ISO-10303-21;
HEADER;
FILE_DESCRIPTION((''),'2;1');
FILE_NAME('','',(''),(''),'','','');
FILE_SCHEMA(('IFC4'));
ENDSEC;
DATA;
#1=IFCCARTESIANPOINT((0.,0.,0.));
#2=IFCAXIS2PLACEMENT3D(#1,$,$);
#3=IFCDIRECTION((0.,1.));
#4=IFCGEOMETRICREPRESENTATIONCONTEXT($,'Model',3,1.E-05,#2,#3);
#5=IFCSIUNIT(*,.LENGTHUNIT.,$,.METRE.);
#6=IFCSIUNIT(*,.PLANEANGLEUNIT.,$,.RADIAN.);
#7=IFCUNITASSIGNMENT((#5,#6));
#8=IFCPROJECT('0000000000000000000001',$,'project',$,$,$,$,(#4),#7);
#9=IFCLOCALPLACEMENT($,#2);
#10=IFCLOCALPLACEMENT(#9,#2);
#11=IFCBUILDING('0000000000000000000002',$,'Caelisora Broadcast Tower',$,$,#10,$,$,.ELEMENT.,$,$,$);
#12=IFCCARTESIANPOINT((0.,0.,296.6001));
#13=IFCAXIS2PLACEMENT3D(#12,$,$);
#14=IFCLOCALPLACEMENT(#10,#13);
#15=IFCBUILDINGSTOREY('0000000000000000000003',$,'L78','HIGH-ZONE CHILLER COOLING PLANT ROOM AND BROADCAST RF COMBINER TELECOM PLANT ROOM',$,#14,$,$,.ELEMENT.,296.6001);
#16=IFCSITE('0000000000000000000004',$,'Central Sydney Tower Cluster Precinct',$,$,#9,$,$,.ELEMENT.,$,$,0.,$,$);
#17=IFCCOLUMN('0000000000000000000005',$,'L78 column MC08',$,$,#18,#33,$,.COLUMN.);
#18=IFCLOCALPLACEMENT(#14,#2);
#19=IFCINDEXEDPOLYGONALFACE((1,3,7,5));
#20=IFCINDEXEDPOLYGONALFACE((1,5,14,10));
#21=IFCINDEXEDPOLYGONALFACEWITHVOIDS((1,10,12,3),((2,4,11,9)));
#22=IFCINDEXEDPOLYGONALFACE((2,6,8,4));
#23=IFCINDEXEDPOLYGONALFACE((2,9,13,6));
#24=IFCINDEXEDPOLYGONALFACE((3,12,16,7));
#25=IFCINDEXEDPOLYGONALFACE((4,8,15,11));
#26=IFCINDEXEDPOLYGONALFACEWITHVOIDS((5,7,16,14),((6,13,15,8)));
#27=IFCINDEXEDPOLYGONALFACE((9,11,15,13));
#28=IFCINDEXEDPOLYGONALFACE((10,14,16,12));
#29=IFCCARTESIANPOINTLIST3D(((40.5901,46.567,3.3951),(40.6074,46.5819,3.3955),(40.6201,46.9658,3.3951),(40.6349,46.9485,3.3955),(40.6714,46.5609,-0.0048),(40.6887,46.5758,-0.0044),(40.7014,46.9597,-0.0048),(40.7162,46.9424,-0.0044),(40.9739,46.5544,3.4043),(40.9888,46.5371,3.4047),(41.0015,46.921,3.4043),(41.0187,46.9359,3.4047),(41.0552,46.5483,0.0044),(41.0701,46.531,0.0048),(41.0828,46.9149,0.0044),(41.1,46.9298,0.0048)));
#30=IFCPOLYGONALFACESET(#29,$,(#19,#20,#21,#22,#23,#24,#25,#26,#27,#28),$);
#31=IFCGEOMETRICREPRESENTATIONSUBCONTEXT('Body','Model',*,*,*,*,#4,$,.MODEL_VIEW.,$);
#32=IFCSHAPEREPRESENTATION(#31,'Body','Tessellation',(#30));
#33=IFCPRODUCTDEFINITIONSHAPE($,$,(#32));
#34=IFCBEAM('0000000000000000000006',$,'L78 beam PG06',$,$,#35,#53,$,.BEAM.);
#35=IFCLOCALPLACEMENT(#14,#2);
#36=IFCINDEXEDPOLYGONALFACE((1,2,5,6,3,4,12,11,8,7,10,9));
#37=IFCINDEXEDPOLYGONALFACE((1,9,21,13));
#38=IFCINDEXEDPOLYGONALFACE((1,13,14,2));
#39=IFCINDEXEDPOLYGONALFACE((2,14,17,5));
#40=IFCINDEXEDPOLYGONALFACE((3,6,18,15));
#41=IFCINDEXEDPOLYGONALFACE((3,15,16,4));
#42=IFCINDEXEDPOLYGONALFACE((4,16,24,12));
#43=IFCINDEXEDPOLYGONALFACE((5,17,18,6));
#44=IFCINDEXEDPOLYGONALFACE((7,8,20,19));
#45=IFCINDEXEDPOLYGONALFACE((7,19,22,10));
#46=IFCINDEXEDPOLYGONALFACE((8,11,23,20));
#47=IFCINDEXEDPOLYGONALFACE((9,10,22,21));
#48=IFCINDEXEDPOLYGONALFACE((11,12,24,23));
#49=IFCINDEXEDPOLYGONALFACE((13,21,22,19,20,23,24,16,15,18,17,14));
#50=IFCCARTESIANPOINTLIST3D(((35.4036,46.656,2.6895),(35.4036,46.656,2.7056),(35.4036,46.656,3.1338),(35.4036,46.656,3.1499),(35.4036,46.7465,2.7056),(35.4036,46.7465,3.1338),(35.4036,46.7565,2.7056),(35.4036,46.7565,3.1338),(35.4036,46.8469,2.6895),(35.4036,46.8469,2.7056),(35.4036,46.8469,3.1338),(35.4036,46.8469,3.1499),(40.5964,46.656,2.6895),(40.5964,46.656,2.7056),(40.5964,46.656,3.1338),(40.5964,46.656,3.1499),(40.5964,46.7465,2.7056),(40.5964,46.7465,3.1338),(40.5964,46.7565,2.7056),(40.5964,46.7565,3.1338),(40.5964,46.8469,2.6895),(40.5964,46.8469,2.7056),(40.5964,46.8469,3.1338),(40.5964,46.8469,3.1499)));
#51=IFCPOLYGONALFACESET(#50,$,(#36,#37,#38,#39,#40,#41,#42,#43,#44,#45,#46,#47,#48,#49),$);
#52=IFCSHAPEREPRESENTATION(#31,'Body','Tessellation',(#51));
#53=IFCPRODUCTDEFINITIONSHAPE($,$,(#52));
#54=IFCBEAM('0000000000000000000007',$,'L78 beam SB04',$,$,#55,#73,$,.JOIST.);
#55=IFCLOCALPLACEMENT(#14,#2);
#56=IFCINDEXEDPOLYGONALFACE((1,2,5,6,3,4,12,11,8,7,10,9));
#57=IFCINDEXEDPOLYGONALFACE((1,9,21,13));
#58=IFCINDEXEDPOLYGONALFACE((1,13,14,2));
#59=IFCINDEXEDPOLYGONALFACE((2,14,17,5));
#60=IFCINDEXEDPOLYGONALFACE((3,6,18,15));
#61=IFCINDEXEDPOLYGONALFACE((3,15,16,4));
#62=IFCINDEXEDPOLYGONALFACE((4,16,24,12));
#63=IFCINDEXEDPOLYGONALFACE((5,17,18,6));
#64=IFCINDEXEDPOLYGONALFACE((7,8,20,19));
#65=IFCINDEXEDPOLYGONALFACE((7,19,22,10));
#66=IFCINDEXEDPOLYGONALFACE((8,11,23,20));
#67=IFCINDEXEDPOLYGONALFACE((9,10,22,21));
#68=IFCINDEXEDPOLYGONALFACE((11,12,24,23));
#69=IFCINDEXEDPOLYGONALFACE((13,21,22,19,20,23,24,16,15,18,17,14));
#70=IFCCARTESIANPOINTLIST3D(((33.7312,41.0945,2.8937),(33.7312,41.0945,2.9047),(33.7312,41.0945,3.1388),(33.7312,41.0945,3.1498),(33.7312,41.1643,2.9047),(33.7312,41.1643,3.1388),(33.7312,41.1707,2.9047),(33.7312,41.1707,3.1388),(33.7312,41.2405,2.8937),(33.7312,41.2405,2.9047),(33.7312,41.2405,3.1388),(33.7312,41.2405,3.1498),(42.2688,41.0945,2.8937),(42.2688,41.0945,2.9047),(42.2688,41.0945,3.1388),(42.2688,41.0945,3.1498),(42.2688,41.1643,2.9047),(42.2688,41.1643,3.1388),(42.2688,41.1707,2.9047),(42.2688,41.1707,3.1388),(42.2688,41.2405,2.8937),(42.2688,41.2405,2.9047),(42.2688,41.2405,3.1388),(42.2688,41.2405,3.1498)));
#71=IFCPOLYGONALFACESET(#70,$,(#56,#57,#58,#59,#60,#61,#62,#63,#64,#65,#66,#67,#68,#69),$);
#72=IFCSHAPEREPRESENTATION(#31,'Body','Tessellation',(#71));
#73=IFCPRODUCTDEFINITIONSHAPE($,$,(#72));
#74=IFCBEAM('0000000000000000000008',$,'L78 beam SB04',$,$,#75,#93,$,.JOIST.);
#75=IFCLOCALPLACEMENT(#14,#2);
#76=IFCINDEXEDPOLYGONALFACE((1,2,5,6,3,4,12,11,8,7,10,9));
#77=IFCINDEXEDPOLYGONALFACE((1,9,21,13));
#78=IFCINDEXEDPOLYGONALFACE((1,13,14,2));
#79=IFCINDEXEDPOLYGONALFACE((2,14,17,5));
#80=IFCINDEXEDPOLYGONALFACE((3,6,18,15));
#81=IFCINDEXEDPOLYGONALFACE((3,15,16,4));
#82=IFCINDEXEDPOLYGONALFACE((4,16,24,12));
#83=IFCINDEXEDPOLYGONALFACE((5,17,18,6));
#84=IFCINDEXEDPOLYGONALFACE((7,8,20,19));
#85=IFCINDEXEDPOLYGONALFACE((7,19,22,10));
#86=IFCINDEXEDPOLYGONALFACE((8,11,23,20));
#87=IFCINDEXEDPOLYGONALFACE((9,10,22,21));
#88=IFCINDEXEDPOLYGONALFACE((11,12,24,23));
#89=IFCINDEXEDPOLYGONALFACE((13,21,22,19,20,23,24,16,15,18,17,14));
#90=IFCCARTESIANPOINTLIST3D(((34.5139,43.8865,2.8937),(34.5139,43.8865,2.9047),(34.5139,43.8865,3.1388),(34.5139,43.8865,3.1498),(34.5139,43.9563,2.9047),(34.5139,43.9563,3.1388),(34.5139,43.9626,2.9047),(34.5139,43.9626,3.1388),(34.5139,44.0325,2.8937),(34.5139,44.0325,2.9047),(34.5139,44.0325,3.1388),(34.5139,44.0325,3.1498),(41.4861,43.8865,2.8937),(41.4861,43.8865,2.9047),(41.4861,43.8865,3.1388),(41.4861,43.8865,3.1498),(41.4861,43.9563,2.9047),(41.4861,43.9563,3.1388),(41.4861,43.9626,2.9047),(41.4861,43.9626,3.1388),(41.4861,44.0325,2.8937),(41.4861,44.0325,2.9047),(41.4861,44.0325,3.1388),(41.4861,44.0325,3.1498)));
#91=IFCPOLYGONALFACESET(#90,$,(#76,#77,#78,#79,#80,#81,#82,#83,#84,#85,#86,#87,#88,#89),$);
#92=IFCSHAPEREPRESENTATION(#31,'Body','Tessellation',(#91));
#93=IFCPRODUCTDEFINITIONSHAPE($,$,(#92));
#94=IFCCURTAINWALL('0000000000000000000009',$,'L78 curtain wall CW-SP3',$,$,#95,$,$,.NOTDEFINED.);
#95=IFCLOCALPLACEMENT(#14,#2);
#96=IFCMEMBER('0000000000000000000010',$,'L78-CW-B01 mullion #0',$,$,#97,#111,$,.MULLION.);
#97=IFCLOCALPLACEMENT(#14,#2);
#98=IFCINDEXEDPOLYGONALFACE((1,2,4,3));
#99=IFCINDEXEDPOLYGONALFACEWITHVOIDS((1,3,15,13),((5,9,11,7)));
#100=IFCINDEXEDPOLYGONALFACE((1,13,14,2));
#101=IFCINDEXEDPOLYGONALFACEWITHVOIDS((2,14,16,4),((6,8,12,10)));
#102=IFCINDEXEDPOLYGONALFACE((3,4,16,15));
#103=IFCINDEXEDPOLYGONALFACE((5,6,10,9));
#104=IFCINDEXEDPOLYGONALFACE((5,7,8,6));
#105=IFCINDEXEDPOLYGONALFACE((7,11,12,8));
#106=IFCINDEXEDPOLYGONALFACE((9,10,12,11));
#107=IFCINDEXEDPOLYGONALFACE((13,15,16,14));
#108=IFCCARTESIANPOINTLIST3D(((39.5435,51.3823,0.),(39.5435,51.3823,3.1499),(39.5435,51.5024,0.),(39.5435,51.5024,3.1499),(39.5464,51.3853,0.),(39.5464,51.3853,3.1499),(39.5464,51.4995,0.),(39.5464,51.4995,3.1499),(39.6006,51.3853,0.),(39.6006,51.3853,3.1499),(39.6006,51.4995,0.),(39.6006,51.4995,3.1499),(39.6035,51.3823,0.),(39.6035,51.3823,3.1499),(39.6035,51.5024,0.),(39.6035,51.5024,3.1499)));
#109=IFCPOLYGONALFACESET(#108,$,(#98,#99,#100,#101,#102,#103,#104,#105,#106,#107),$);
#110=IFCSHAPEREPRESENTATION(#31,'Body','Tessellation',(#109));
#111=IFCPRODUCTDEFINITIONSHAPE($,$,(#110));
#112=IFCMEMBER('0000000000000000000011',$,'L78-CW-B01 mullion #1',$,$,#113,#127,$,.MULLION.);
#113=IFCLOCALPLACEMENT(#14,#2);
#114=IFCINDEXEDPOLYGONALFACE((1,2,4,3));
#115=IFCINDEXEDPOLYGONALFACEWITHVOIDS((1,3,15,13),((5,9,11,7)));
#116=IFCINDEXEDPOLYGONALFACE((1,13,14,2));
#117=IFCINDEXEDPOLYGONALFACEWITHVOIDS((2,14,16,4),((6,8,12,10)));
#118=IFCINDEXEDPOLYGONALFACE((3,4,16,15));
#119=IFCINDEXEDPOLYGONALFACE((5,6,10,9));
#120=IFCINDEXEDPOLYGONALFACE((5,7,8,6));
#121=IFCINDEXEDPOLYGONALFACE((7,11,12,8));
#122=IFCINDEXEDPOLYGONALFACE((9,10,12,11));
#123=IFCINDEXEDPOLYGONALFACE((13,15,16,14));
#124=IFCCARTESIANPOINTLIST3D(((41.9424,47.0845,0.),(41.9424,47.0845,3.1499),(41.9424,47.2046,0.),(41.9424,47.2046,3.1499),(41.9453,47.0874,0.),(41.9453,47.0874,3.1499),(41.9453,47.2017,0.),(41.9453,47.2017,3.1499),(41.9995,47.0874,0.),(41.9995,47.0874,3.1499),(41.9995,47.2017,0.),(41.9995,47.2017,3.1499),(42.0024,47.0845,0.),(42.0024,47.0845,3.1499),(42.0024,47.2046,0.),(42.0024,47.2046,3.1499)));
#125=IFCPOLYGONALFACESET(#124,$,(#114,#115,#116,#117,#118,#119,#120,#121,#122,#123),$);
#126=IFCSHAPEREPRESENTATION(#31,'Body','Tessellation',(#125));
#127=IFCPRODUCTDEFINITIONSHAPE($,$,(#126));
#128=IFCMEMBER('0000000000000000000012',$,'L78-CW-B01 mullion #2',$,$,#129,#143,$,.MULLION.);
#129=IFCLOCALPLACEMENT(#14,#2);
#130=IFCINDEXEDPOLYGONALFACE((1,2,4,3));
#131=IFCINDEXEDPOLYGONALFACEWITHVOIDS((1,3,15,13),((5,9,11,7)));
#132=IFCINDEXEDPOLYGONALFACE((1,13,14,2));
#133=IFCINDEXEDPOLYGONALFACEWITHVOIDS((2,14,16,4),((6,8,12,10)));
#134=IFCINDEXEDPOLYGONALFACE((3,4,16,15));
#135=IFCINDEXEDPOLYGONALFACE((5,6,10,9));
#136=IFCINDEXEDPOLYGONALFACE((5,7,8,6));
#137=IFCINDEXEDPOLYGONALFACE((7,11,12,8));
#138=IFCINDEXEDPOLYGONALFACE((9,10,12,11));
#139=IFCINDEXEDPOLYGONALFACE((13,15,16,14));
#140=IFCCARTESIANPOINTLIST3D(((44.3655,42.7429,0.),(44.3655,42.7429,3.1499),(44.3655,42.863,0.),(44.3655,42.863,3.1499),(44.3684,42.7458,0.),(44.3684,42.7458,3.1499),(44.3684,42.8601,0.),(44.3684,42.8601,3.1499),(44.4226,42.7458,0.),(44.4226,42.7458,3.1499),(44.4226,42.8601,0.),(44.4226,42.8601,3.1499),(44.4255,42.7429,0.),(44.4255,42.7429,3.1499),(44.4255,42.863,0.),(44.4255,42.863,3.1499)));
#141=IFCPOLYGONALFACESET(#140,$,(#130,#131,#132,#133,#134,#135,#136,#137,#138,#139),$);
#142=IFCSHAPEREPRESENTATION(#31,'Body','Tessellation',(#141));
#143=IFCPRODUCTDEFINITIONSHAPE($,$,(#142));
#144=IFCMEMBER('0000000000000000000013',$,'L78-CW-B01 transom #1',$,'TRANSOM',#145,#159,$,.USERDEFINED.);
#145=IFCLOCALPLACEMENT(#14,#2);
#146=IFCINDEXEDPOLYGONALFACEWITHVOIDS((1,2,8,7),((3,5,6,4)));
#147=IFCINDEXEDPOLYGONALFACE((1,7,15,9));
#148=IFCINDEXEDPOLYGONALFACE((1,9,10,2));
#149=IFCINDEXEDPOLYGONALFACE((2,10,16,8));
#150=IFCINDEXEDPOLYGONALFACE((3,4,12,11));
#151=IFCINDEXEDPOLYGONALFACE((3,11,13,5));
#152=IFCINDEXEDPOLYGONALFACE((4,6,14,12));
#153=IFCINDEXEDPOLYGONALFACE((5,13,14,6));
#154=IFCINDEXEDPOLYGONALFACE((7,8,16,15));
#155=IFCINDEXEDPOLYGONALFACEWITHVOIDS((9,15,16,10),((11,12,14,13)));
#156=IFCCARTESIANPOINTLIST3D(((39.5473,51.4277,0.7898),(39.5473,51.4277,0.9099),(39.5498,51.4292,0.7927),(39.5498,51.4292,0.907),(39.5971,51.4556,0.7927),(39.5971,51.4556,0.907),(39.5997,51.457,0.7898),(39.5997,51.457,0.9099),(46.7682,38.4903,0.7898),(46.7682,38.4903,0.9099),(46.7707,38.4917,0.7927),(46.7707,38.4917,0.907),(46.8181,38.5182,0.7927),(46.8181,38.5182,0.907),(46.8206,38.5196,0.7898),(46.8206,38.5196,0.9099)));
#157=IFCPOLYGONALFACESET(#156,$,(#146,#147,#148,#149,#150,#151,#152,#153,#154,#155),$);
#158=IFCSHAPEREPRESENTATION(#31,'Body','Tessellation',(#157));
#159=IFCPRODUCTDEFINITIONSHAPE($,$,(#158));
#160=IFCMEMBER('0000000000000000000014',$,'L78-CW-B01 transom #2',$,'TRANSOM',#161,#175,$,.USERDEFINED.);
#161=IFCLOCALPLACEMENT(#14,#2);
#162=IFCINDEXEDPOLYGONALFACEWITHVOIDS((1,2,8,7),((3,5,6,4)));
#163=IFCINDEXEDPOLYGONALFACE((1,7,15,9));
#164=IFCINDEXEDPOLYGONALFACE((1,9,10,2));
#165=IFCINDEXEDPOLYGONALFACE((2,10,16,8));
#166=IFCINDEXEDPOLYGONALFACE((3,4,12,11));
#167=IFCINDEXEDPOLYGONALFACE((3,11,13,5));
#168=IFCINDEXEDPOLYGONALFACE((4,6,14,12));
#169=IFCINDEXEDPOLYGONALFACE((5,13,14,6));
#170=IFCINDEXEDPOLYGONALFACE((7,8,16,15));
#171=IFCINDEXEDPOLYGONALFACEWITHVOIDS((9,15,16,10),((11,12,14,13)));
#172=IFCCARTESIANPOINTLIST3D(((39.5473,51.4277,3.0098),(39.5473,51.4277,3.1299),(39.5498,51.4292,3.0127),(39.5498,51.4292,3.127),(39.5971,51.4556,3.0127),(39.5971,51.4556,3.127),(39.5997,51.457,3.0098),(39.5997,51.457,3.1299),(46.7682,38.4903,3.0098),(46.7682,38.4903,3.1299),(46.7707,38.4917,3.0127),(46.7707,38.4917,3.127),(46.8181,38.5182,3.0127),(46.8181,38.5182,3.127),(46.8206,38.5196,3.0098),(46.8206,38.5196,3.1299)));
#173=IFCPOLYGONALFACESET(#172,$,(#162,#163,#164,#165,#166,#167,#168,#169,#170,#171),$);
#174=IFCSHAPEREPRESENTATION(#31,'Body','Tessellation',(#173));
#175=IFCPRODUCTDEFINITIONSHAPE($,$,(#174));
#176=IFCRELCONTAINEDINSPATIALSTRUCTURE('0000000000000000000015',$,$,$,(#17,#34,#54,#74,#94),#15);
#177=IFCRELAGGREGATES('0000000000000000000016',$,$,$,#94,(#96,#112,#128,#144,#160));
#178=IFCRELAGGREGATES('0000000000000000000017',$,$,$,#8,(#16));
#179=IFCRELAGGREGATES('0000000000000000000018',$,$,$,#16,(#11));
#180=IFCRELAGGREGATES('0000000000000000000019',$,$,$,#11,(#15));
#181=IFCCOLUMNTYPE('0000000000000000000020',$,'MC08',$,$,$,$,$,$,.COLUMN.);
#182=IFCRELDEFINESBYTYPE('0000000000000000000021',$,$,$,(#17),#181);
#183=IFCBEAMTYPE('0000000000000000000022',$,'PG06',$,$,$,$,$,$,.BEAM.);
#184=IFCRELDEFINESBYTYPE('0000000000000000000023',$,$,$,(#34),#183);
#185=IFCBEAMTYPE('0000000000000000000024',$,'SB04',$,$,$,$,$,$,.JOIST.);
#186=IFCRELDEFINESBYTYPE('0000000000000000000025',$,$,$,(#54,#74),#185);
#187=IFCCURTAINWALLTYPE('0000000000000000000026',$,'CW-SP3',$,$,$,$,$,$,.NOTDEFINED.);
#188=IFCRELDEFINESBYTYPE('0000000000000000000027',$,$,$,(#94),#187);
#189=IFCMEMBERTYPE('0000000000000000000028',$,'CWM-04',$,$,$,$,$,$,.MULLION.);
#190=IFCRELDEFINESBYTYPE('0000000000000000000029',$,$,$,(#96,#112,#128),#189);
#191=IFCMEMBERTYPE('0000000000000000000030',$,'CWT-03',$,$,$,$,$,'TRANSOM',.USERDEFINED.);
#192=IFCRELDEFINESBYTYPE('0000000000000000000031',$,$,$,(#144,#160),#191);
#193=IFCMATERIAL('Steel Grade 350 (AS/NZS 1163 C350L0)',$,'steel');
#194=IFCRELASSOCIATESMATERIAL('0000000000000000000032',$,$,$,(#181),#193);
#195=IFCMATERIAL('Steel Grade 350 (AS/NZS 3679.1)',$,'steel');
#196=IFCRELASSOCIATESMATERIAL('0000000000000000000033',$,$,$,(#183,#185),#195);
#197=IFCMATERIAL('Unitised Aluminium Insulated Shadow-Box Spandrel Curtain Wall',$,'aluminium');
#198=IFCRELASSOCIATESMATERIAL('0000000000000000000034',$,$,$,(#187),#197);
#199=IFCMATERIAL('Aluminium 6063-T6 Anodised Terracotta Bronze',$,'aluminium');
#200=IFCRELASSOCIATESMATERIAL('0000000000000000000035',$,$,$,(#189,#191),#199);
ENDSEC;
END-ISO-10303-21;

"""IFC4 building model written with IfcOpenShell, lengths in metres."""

from ifc_helpers import new_model, si_unit, direction, frame, origin, origin_2d, place, context, subcontext, project, spatial, hollow_rectangle, i_section, extrude, source, transform, mapped, material, material_profile, profile_set, type_object, type_shapes, element, aggregate, save


model = new_model("IFC4")

# Units and contexts
model_context = context("Model", 3, precision=1e-05, world=origin(), true_north=direction((0.0, 1.0)))
body_context = subcontext(model_context, "Body", "Model", "MODEL_VIEW")
ifc_project = project(units=[si_unit("LENGTHUNIT", "METRE"), si_unit("PLANEANGLEUNIT", "RADIAN")], contexts=[model_context])

# Site, building, storey
site_placement = place(None, origin())
site = spatial("IfcSite", under=ifc_project, at=site_placement, Name="Central Sydney Tower Cluster Precinct", CompositionType="ELEMENT", RefElevation=0.0)
building_placement = place(site_placement, origin())
building = spatial("IfcBuilding", under=site, at=building_placement, Name="Caelisora Broadcast Tower", CompositionType="ELEMENT")
storey_placement = place(building_placement, frame((0.0, 0.0, 296.6001)))
storey = spatial("IfcBuildingStorey", under=building, at=storey_placement, Name="L78", Description="HIGH-ZONE CHILLER COOLING PLANT ROOM AND BROADCAST RF COMBINER TELECOM PLANT ROOM", CompositionType="ELEMENT", Elevation=296.6001)

# Column
ifc_material_1 = material(Name="Steel Grade 350 (AS/NZS 1163 C350L0)", Category="steel")
ifc_material_profile_1 = material_profile(ifc_material_1, hollow_rectangle(XDim=0.3999, YDim=0.3999, WallThickness=0.0161, at=origin_2d()), Name="Steel Grade 350 (AS/NZS 1163 C350L0)")
ifc_profile_set_1 = profile_set([ifc_material_profile_1], Name="Steel Grade 350 (AS/NZS 1163 C350L0)")
column_type = type_object("IfcColumnType", Name="MC08", PredefinedType="COLUMN", material=ifc_profile_set_1)
shared_shape_1 = source(origin(), body_context, "Body", "SweptSolid", [
    extrude(hollow_rectangle(XDim=0.3999, YDim=0.3999, WallThickness=0.0161, at=origin_2d()), origin(), (0.0, 0.0, 1.0), 3.4009),
])
type_shapes(column_type, [shared_shape_1])
column_placement = place(storey_placement, frame((40.8857, 46.7454, 0.0), z_axis=(-0.023905, 0.001795, 0.999713), x_axis=(-0.074864, -0.997194, 0.0)))
element("IfcColumn", 1, at=column_placement, inside=storey, type_object=column_type, Name="L78 column MC08", PredefinedType="COLUMN", context=body_context, shape_type="MappedRepresentation", body=[
    mapped(shared_shape_1, transform((0.0, 0.0, 0.0), scale=1.0)),
])

# Beams
ifc_material_2 = material(Name="Steel Grade 350 (AS/NZS 3679.1)", Category="steel")
ifc_material_profile_2 = material_profile(ifc_material_2, i_section(OverallWidth=0.1909, OverallDepth=0.4604, WebThickness=0.01, FlangeThickness=0.0161, at=origin_2d()), Name="Steel Grade 350 (AS/NZS 3679.1)")
ifc_profile_set_2 = profile_set([ifc_material_profile_2], Name="Steel Grade 350 (AS/NZS 3679.1)")
beam_type_1 = type_object("IfcBeamType", Name="PG06", PredefinedType="BEAM", material=ifc_profile_set_2)
shared_shape_2 = source(origin(), body_context, "Body", "SweptSolid", [
    extrude(i_section(OverallWidth=0.1909, OverallDepth=0.4604, WebThickness=0.01, FlangeThickness=0.0161, at=origin_2d()), origin(), (0.0, 0.0, 1.0), 5.1929),
])
type_shapes(beam_type_1, [shared_shape_2])
beam_1_placement = place(storey_placement, frame((40.5964, 46.7515, 2.9197), z_axis=(-1.0, 0.0, 0.0), x_axis=(0.0, -1.0, 0.0)))
element("IfcBeam", 2, at=beam_1_placement, inside=storey, type_object=beam_type_1, Name="L78 beam PG06", PredefinedType="BEAM", context=body_context, shape_type="MappedRepresentation", body=[
    mapped(shared_shape_2, transform((0.0, 0.0, 0.0), scale=1.0)),
])
ifc_material_profile_3 = material_profile(ifc_material_2, i_section(OverallWidth=0.146, OverallDepth=0.2561, WebThickness=0.0063, FlangeThickness=0.011, at=origin_2d()), Name="Steel Grade 350 (AS/NZS 3679.1)")
ifc_profile_set_3 = profile_set([ifc_material_profile_3], Name="Steel Grade 350 (AS/NZS 3679.1)")
beam_type_2 = type_object("IfcBeamType", Name="SB04", PredefinedType="JOIST", material=ifc_profile_set_3)
shared_shape_3 = source(origin(), body_context, "Body", "SweptSolid", [
    extrude(i_section(OverallWidth=0.146, OverallDepth=0.2561, WebThickness=0.0063, FlangeThickness=0.011, at=origin_2d()), origin(), (0.0, 0.0, 1.0), 8.5376),
])
beam_2_placement = place(storey_placement, frame((42.2688, 41.1675, 3.0217), z_axis=(-1.0, 0.0, 0.0), x_axis=(0.0, -1.0, 0.0)))
element("IfcBeam", 3, at=beam_2_placement, inside=storey, type_object=beam_type_2, Name="L78 beam SB04", PredefinedType="JOIST", context=body_context, shape_type="MappedRepresentation", body=[
    mapped(shared_shape_3, transform((0.0, 0.0, 0.0), scale=1.0)),
])
shared_shape_4 = source(origin(), body_context, "Body", "SweptSolid", [
    extrude(i_section(OverallWidth=0.146, OverallDepth=0.2561, WebThickness=0.0063, FlangeThickness=0.011, at=origin_2d()), origin(), (0.0, 0.0, 1.0), 6.9722),
])
type_shapes(beam_type_2, [shared_shape_3, shared_shape_4])
beam_3_placement = place(storey_placement, frame((41.4861, 43.9595, 3.0217), z_axis=(-1.0, 0.0, 0.0), x_axis=(0.0, -1.0, 0.0)))
element("IfcBeam", 4, at=beam_3_placement, inside=storey, type_object=beam_type_2, Name="L78 beam SB04", PredefinedType="JOIST", context=body_context, shape_type="MappedRepresentation", body=[
    mapped(shared_shape_4, transform((0.0, 0.0, 0.0), scale=1.0)),
])

# Curtain wall, members
ifc_material_3 = material(Name="Unitised Aluminium Insulated Shadow-Box Spandrel Curtain Wall", Category="aluminium")
curtain_wall_type = type_object("IfcCurtainWallType", Name="CW-SP3", PredefinedType="NOTDEFINED", material=ifc_material_3)
curtain_wall_placement = place(storey_placement, origin())
curtain_wall = element("IfcCurtainWall", 5, at=curtain_wall_placement, inside=storey, type_object=curtain_wall_type, Name="L78 curtain wall CW-SP3", PredefinedType="NOTDEFINED")
ifc_material_4 = material(Name="Aluminium 6063-T6 Anodised Terracotta Bronze", Category="aluminium")
ifc_material_profile_4 = material_profile(ifc_material_4, hollow_rectangle(XDim=0.0601, YDim=0.1201, WallThickness=0.0029, at=origin_2d()), Name="Aluminium 6063-T6 Anodised Terracotta Bronze")
ifc_profile_set_4 = profile_set([ifc_material_profile_4], Name="Aluminium 6063-T6 Anodised Terracotta Bronze")
member_type_1 = type_object("IfcMemberType", Name="CWM-04", PredefinedType="MULLION", material=ifc_profile_set_4)
shared_shape_5 = source(origin(), body_context, "Body", "SweptSolid", [
    extrude(hollow_rectangle(XDim=0.0601, YDim=0.1201, WallThickness=0.0029, at=origin_2d()), origin(), (0.0, 0.0, 1.0), 3.1499),
])
type_shapes(member_type_1, [shared_shape_5])
member_1_placement = place(storey_placement, frame((39.5735, 51.4424, 0.0), z_axis=(0.0, 0.0, 1.0), x_axis=(1.0, 0.0, 0.0)))
member_1 = element("IfcMember", 6, at=member_1_placement, type_object=member_type_1, Name="L78-CW-B01 mullion #0", PredefinedType="MULLION", context=body_context, shape_type="MappedRepresentation", body=[
    mapped(shared_shape_5, transform((0.0, 0.0, 0.0), scale=1.0)),
])
member_2_placement = place(storey_placement, frame((41.9724, 47.1445, 0.0), z_axis=(0.0, 0.0, 1.0), x_axis=(1.0, 0.0, 0.0)))
member_2 = element("IfcMember", 7, at=member_2_placement, type_object=member_type_1, Name="L78-CW-B01 mullion #1", PredefinedType="MULLION", context=body_context, shape_type="MappedRepresentation", body=[
    mapped(shared_shape_5, transform((0.0, 0.0, 0.0), scale=1.0)),
])
member_3_placement = place(storey_placement, frame((44.3955, 42.803, 0.0), z_axis=(0.0, 0.0, 1.0), x_axis=(1.0, 0.0, 0.0)))
member_3 = element("IfcMember", 8, at=member_3_placement, type_object=member_type_1, Name="L78-CW-B01 mullion #2", PredefinedType="MULLION", context=body_context, shape_type="MappedRepresentation", body=[
    mapped(shared_shape_5, transform((0.0, 0.0, 0.0), scale=1.0)),
])
ifc_material_profile_5 = material_profile(ifc_material_4, hollow_rectangle(XDim=0.0601, YDim=0.1201, WallThickness=0.0029, at=origin_2d()), Name="Aluminium 6063-T6 Anodised Terracotta Bronze")
ifc_profile_set_5 = profile_set([ifc_material_profile_5], Name="Aluminium 6063-T6 Anodised Terracotta Bronze")
member_type_2 = type_object("IfcMemberType", Name="CWT-03", ElementType="TRANSOM", PredefinedType="USERDEFINED", material=ifc_profile_set_5)
shared_shape_6 = source(origin(), body_context, "Body", "SweptSolid", [
    extrude(hollow_rectangle(XDim=0.0601, YDim=0.1201, WallThickness=0.0029, at=origin_2d()), origin(), (0.0, 0.0, 1.0), 14.8162),
])
type_shapes(member_type_2, [shared_shape_6])
member_4_placement = place(storey_placement, frame((39.5735, 51.4424, 0.8499), z_axis=(0.487367, -0.873197, 0.0), x_axis=(0.873197, 0.487367, 0.0)))
member_4 = element("IfcMember", 9, at=member_4_placement, type_object=member_type_2, Name="L78-CW-B01 transom #1", ObjectType="TRANSOM", PredefinedType="USERDEFINED", context=body_context, shape_type="MappedRepresentation", body=[
    mapped(shared_shape_6, transform((0.0, 0.0, 0.0), scale=1.0)),
])
member_5_placement = place(storey_placement, frame((39.5735, 51.4424, 3.0698), z_axis=(0.487367, -0.873197, 0.0), x_axis=(0.873197, 0.487367, 0.0)))
member_5 = element("IfcMember", 10, at=member_5_placement, type_object=member_type_2, Name="L78-CW-B01 transom #2", ObjectType="TRANSOM", PredefinedType="USERDEFINED", context=body_context, shape_type="MappedRepresentation", body=[
    mapped(shared_shape_6, transform((0.0, 0.0, 0.0), scale=1.0)),
])
aggregate(curtain_wall, [member_1, member_2, member_3, member_4, member_5])

save(model, "model.ifc")
